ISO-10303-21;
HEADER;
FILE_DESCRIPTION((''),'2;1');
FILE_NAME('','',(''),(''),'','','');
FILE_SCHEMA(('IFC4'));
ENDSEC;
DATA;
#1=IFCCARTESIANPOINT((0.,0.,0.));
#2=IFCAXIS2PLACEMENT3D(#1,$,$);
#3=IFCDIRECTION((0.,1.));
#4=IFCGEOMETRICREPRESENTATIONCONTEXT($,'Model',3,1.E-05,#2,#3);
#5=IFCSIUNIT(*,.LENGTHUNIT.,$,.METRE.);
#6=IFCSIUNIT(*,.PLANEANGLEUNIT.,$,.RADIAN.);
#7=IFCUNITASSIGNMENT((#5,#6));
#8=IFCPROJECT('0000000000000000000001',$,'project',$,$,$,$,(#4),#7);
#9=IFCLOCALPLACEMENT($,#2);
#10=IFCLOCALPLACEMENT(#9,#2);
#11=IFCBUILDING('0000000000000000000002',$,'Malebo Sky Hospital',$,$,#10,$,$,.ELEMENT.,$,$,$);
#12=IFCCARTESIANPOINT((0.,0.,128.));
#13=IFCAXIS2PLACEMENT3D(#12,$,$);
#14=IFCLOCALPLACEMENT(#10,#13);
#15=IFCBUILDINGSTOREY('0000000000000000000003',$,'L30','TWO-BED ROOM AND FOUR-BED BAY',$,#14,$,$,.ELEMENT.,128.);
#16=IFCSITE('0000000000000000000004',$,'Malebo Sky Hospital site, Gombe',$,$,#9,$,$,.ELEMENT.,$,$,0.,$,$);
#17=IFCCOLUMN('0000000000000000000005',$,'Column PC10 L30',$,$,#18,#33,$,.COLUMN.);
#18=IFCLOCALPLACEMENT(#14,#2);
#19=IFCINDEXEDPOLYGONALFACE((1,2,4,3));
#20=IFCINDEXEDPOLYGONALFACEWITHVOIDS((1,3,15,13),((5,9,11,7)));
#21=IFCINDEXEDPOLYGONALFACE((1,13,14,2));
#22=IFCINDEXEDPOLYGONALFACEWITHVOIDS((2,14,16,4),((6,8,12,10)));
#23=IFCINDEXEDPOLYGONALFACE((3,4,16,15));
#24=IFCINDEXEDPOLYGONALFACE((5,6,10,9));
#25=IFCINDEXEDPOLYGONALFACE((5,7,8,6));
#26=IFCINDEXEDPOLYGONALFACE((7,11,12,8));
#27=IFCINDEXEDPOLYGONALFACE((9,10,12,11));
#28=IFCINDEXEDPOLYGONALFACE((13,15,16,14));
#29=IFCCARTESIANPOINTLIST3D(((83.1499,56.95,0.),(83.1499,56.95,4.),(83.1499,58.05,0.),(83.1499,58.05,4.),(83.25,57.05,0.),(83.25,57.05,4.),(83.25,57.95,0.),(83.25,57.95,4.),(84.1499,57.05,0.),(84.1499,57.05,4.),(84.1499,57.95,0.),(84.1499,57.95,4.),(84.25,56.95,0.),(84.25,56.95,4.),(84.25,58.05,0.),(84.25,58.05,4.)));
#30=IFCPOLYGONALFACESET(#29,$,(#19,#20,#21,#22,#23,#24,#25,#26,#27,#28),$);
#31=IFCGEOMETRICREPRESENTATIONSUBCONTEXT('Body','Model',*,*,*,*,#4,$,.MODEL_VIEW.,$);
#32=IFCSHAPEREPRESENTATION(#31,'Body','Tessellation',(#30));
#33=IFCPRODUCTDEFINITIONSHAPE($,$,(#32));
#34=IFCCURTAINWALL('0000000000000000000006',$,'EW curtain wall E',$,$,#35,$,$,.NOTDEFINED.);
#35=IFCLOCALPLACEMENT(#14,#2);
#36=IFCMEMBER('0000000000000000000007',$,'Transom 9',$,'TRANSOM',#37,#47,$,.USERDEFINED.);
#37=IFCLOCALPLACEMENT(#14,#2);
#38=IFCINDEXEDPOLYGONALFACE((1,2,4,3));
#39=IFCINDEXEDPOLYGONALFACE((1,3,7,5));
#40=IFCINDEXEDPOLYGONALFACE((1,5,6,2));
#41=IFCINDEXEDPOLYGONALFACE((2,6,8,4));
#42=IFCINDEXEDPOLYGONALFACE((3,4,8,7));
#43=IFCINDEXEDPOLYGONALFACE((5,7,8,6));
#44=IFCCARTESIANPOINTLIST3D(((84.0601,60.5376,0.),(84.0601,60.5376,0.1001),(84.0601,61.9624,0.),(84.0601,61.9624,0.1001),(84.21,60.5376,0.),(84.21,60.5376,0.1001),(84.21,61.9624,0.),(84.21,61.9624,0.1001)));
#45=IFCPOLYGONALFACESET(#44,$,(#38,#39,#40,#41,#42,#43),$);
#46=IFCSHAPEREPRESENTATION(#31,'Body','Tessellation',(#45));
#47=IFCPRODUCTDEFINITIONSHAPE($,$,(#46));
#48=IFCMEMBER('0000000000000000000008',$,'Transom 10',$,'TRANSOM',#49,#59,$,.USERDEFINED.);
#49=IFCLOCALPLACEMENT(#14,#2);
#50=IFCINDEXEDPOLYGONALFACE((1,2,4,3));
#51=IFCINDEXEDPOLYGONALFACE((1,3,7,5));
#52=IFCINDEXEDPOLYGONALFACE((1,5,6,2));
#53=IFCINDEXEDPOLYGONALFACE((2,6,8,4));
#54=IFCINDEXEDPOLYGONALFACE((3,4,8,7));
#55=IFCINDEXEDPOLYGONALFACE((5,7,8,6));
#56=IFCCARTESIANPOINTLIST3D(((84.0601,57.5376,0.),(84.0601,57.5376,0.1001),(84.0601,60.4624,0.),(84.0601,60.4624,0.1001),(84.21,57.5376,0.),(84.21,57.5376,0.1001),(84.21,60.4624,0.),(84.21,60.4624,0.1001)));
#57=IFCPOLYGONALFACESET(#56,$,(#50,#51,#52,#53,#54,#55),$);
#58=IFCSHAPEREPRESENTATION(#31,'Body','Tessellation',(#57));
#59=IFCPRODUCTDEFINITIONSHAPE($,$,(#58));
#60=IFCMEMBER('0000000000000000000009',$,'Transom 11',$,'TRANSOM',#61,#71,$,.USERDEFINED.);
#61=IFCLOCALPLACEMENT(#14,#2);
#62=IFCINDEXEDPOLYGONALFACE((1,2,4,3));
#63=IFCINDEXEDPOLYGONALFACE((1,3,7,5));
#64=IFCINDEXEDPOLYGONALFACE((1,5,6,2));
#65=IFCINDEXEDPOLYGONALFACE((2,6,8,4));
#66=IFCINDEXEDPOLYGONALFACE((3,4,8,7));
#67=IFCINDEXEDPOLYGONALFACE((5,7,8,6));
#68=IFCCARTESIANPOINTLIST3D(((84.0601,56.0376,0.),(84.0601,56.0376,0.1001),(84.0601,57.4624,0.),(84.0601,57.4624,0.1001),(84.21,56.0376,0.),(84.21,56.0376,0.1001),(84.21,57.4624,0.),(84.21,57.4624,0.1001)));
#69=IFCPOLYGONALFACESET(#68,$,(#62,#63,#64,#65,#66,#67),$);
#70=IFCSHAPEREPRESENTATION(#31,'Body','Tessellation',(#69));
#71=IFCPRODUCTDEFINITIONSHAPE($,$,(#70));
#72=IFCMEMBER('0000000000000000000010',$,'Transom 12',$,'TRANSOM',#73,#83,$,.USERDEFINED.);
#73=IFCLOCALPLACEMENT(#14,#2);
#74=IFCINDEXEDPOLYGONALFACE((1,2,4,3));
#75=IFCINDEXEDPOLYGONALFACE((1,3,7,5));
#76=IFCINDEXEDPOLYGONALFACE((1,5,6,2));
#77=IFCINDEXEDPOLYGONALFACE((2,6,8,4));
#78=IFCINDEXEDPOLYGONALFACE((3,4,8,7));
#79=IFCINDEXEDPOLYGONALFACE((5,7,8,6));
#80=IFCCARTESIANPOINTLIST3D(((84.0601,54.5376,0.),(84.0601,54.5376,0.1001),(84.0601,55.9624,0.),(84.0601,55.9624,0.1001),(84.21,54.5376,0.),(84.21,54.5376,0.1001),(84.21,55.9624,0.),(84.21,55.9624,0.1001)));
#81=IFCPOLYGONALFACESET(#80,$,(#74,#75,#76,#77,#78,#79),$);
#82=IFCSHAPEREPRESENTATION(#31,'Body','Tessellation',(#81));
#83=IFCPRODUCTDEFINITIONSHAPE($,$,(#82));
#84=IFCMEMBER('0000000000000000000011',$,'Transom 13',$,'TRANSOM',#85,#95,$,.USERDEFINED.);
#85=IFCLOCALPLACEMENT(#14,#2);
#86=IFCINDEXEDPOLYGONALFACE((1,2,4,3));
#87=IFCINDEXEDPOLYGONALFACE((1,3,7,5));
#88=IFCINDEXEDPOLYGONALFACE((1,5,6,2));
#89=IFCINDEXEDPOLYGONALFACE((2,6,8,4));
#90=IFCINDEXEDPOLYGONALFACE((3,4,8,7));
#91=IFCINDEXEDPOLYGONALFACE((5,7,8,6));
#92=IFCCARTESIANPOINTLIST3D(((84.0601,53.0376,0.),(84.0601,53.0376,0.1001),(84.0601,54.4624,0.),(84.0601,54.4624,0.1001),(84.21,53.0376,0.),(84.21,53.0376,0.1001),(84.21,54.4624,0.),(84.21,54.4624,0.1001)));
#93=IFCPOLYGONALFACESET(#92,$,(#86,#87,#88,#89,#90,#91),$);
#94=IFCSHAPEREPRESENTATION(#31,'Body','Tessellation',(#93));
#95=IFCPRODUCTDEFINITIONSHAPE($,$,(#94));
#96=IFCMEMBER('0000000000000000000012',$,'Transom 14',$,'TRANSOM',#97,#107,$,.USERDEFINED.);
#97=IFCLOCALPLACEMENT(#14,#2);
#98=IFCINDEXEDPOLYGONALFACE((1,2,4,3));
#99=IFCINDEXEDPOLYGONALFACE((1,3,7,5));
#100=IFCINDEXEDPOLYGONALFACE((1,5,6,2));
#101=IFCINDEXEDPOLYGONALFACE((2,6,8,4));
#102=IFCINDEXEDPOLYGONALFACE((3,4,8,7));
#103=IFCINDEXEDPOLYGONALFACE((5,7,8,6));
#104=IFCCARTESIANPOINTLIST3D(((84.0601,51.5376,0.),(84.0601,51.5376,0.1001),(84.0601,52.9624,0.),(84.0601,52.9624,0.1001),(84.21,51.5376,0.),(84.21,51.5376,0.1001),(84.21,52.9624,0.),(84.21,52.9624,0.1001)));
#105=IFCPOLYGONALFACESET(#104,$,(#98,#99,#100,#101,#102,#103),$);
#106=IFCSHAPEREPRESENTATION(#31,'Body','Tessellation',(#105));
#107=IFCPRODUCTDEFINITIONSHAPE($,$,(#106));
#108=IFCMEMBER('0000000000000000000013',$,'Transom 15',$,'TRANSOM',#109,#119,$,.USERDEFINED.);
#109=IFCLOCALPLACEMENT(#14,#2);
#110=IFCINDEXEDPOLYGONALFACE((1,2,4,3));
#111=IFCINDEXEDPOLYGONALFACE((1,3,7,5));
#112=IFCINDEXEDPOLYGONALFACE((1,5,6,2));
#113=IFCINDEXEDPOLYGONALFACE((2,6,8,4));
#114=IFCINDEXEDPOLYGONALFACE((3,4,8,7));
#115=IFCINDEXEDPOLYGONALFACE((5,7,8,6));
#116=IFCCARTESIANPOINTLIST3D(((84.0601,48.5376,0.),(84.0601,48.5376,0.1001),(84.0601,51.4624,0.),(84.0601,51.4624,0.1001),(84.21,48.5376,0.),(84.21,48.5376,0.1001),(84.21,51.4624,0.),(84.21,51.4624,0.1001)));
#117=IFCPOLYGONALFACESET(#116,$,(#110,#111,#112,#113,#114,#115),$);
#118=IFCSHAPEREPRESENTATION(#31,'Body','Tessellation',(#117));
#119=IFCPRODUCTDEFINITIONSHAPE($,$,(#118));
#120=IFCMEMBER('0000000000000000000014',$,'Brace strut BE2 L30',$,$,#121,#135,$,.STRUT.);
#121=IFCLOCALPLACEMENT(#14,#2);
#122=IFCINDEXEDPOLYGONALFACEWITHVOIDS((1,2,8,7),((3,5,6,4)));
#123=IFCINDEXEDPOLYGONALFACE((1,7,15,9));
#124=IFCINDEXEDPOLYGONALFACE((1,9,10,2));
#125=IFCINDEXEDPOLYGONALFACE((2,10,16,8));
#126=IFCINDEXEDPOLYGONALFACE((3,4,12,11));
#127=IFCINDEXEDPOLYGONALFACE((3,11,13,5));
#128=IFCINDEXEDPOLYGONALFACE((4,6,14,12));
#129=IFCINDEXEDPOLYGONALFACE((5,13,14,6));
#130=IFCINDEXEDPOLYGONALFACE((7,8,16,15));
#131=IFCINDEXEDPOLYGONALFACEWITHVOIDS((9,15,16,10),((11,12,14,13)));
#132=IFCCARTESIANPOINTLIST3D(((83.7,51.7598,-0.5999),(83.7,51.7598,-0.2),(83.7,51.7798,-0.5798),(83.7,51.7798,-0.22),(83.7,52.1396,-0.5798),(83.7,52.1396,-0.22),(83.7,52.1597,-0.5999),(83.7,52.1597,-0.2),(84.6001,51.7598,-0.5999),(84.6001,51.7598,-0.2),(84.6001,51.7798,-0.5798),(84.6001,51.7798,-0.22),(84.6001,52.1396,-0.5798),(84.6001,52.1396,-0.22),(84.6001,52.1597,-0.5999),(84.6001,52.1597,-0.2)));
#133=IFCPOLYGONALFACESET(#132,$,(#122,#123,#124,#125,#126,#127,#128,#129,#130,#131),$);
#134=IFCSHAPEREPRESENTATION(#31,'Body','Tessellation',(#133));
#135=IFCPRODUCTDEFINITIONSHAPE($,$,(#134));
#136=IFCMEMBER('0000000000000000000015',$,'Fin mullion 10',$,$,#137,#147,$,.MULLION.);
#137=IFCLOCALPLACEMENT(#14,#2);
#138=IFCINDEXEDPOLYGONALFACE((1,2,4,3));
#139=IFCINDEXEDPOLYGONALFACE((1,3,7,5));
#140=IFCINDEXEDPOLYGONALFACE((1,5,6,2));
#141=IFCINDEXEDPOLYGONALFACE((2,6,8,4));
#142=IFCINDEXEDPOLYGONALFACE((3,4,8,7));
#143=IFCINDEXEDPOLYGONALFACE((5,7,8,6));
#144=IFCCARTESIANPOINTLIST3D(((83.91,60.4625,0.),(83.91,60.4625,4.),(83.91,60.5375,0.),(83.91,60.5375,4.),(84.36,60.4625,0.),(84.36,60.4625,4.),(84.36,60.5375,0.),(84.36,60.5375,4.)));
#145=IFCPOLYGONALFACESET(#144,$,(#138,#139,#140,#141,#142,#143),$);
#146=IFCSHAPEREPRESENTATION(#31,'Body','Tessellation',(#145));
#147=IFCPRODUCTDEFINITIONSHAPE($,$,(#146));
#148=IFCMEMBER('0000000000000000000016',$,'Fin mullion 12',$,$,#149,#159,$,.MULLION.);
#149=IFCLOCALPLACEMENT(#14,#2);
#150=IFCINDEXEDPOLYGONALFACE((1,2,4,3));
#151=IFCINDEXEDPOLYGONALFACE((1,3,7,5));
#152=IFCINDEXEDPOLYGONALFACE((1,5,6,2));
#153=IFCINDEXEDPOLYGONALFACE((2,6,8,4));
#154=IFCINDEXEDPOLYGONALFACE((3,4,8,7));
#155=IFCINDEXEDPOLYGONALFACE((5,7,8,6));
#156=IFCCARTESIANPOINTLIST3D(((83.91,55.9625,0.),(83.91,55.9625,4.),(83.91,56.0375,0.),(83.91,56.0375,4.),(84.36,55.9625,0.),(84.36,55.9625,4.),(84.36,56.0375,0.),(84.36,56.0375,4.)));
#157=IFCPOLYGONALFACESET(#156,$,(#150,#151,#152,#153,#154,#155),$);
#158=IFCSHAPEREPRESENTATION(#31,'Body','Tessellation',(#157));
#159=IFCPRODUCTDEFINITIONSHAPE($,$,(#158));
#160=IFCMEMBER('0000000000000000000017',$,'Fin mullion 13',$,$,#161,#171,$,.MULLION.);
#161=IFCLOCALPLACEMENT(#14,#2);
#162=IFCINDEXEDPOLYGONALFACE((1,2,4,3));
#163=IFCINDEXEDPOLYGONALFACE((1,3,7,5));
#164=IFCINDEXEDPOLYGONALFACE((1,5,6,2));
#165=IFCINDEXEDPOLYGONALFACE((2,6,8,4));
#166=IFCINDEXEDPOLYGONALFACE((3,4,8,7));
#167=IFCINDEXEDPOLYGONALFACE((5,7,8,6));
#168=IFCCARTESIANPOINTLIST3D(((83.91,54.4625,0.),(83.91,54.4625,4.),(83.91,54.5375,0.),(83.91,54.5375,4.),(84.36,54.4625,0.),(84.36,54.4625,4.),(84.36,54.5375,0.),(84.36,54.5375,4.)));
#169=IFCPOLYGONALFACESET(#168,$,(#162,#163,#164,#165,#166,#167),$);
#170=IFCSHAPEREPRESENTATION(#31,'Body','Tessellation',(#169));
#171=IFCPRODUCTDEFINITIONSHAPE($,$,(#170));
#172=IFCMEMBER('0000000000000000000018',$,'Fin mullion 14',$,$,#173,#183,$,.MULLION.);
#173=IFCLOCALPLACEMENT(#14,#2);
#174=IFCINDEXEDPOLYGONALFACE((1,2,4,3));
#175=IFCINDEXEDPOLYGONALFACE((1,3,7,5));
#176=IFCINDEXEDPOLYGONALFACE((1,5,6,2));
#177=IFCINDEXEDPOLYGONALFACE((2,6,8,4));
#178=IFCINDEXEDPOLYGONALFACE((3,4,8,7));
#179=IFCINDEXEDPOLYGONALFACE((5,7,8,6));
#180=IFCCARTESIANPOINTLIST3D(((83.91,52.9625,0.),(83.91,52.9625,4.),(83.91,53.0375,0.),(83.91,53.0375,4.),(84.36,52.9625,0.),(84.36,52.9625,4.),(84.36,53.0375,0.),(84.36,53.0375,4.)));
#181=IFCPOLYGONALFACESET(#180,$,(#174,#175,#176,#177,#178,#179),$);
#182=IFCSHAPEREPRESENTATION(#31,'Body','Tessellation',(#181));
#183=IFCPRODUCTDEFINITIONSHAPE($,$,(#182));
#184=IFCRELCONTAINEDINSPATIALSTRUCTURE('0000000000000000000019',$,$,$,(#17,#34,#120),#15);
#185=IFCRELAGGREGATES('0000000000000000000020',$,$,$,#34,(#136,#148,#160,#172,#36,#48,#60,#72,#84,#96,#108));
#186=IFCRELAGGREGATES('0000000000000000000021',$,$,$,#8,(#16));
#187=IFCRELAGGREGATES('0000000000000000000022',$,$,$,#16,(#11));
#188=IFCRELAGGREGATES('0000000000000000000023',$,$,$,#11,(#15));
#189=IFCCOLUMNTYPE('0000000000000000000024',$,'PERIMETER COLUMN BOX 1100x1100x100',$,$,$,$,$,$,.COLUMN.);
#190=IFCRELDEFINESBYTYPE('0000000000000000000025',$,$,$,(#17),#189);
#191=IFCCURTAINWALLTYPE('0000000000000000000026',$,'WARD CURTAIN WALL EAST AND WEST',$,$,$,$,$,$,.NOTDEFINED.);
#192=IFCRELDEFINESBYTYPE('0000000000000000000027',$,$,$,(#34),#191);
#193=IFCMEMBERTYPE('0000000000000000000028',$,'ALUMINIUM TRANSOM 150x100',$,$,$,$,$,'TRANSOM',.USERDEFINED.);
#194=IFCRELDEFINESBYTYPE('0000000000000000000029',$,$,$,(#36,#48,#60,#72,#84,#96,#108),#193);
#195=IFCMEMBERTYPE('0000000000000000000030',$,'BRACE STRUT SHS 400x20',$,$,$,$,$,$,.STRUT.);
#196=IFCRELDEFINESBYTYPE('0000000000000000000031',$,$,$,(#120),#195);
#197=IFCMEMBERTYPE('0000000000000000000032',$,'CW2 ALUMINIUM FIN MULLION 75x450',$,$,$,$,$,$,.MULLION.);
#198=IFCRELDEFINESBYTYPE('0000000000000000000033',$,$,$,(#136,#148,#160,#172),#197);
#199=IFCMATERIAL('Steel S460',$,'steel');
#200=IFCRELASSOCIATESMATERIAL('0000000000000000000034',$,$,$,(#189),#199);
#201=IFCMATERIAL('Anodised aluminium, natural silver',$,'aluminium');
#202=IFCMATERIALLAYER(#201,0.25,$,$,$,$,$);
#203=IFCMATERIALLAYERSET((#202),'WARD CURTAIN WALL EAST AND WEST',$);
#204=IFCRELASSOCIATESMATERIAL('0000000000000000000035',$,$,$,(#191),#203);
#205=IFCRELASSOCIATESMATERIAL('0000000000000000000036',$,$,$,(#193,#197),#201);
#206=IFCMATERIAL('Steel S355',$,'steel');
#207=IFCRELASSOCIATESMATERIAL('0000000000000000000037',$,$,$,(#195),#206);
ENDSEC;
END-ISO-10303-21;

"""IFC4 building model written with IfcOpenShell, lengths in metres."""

from ifc_helpers import new_model, si_unit, direction, frame, origin, origin_2d, place, context, subcontext, project, spatial, rectangle, hollow_rectangle, extrude, material, layer, layer_set, material_profile, profile_set, type_object, element, aggregate, save


model = new_model("IFC4")

# Units and contexts
model_context = context("Model", 3, precision=1e-05, world=origin(), true_north=direction((0.0, 1.0)))
body_context = subcontext(model_context, "Body", "Model", "MODEL_VIEW")
ifc_project = project(units=[si_unit("LENGTHUNIT", "METRE"), si_unit("PLANEANGLEUNIT", "RADIAN")], contexts=[model_context])

# Site, building, storey
site_placement = place(None, origin())
site = spatial("IfcSite", under=ifc_project, at=site_placement, Name="Malebo Sky Hospital site, Gombe", CompositionType="ELEMENT", RefElevation=0.0)
building_placement = place(site_placement, origin())
building = spatial("IfcBuilding", under=site, at=building_placement, Name="Malebo Sky Hospital", CompositionType="ELEMENT")
storey_placement = place(building_placement, frame((0.0, 0.0, 128.0)))
storey = spatial("IfcBuildingStorey", under=building, at=storey_placement, Name="L30", Description="TWO-BED ROOM AND FOUR-BED BAY", CompositionType="ELEMENT", Elevation=128.0)

# Column
ifc_material_1 = material(Name="Steel S460", Category="steel")
ifc_material_profile_1 = material_profile(ifc_material_1, hollow_rectangle(XDim=1.1001, YDim=1.1001, WallThickness=0.1001, at=origin_2d()), Name="BOX 1100x1100x100")
ifc_profile_set_1 = profile_set([ifc_material_profile_1], Name="Steel S460")
column_type = type_object("IfcColumnType", Name="PERIMETER COLUMN BOX 1100x1100x100", PredefinedType="COLUMN", material=ifc_profile_set_1)
column_placement = place(storey_placement, frame((83.7, 57.5, 0.0), z_axis=(0.0, 0.0, 1.0), x_axis=(1.0, 0.0, 0.0)))
element("IfcColumn", 1, at=column_placement, inside=storey, type_object=column_type, Name="Column PC10 L30", PredefinedType="COLUMN", context=body_context, shape_type="SweptSolid", body=[
    extrude(hollow_rectangle(XDim=1.1001, YDim=1.1001, WallThickness=0.1001, at=origin_2d()), origin(), (0.0, 0.0, 1.0), 4.0),
])

# Curtain wall, members
ifc_material_2 = material(Name="Anodised aluminium, natural silver", Category="aluminium")
ifc_layer_1 = layer(ifc_material_2, 0.25)
ifc_layer_set_1 = layer_set([ifc_layer_1], Name="WARD CURTAIN WALL EAST AND WEST")
curtain_wall_type = type_object("IfcCurtainWallType", Name="WARD CURTAIN WALL EAST AND WEST", PredefinedType="NOTDEFINED", material=ifc_layer_set_1)
curtain_wall_placement = place(storey_placement, origin())
curtain_wall = element("IfcCurtainWall", 2, at=curtain_wall_placement, inside=storey, type_object=curtain_wall_type, Name="EW curtain wall E", PredefinedType="NOTDEFINED")
ifc_material_profile_2 = material_profile(ifc_material_2, rectangle(XDim=0.1499, YDim=0.1001, at=origin_2d()), Name="ALUMINIUM TRANSOM 150x100")
ifc_profile_set_2 = profile_set([ifc_material_profile_2], Name="Anodised aluminium, natural silver")
member_type_1 = type_object("IfcMemberType", Name="ALUMINIUM TRANSOM 150x100", ElementType="TRANSOM", PredefinedType="USERDEFINED", material=ifc_profile_set_2)
member_1_placement = place(storey_placement, frame((84.135, 61.9624, 0.05), z_axis=(0.0, -1.0, 0.0), x_axis=(1.0, 0.0, 0.0)))
member_1 = element("IfcMember", 3, at=member_1_placement, type_object=member_type_1, Name="Transom 9", ObjectType="TRANSOM", PredefinedType="USERDEFINED", context=body_context, shape_type="SweptSolid", body=[
    extrude(rectangle(XDim=0.1499, YDim=0.1001, at=origin_2d()), origin(), (0.0, 0.0, 1.0), 1.4248),
])
member_2_placement = place(storey_placement, frame((84.135, 60.4624, 0.05), z_axis=(0.0, -1.0, 0.0), x_axis=(1.0, 0.0, 0.0)))
member_2 = element("IfcMember", 4, at=member_2_placement, type_object=member_type_1, Name="Transom 10", ObjectType="TRANSOM", PredefinedType="USERDEFINED", context=body_context, shape_type="SweptSolid", body=[
    extrude(rectangle(XDim=0.1499, YDim=0.1001, at=origin_2d()), origin(), (0.0, 0.0, 1.0), 2.9248),
])
member_3_placement = place(storey_placement, frame((84.135, 57.4624, 0.05), z_axis=(0.0, -1.0, 0.0), x_axis=(1.0, 0.0, 0.0)))
member_3 = element("IfcMember", 5, at=member_3_placement, type_object=member_type_1, Name="Transom 11", ObjectType="TRANSOM", PredefinedType="USERDEFINED", context=body_context, shape_type="SweptSolid", body=[
    extrude(rectangle(XDim=0.1499, YDim=0.1001, at=origin_2d()), origin(), (0.0, 0.0, 1.0), 1.4248),
])
member_4_placement = place(storey_placement, frame((84.135, 55.9624, 0.05), z_axis=(0.0, -1.0, 0.0), x_axis=(1.0, 0.0, 0.0)))
member_4 = element("IfcMember", 6, at=member_4_placement, type_object=member_type_1, Name="Transom 12", ObjectType="TRANSOM", PredefinedType="USERDEFINED", context=body_context, shape_type="SweptSolid", body=[
    extrude(rectangle(XDim=0.1499, YDim=0.1001, at=origin_2d()), origin(), (0.0, 0.0, 1.0), 1.4248),
])
member_5_placement = place(storey_placement, frame((84.135, 54.4624, 0.05), z_axis=(0.0, -1.0, 0.0), x_axis=(1.0, 0.0, 0.0)))
member_5 = element("IfcMember", 7, at=member_5_placement, type_object=member_type_1, Name="Transom 13", ObjectType="TRANSOM", PredefinedType="USERDEFINED", context=body_context, shape_type="SweptSolid", body=[
    extrude(rectangle(XDim=0.1499, YDim=0.1001, at=origin_2d()), origin(), (0.0, 0.0, 1.0), 1.4248),
])
member_6_placement = place(storey_placement, frame((84.135, 52.9624, 0.05), z_axis=(0.0, -1.0, 0.0), x_axis=(1.0, 0.0, 0.0)))
member_6 = element("IfcMember", 8, at=member_6_placement, type_object=member_type_1, Name="Transom 14", ObjectType="TRANSOM", PredefinedType="USERDEFINED", context=body_context, shape_type="SweptSolid", body=[
    extrude(rectangle(XDim=0.1499, YDim=0.1001, at=origin_2d()), origin(), (0.0, 0.0, 1.0), 1.4248),
])
member_7_placement = place(storey_placement, frame((84.135, 51.4624, 0.05), z_axis=(0.0, -1.0, 0.0), x_axis=(1.0, 0.0, 0.0)))
member_7 = element("IfcMember", 9, at=member_7_placement, type_object=member_type_1, Name="Transom 15", ObjectType="TRANSOM", PredefinedType="USERDEFINED", context=body_context, shape_type="SweptSolid", body=[
    extrude(rectangle(XDim=0.1499, YDim=0.1001, at=origin_2d()), origin(), (0.0, 0.0, 1.0), 2.9248),
])

# Members
ifc_material_3 = material(Name="Steel S355", Category="steel")
ifc_material_profile_3 = material_profile(ifc_material_3, hollow_rectangle(XDim=0.3999, YDim=0.3999, WallThickness=0.02, at=origin_2d()), Name="SHS 400x20")
ifc_profile_set_3 = profile_set([ifc_material_profile_3], Name="Steel S355")
member_type_2 = type_object("IfcMemberType", Name="BRACE STRUT SHS 400x20", PredefinedType="STRUT", material=ifc_profile_set_3)
member_8_placement = place(storey_placement, frame((84.6001, 51.9597, -0.3999), z_axis=(-1.0, 0.0, 0.0), x_axis=(0.0, -1.0, 0.0)))
element("IfcMember", 10, at=member_8_placement, inside=storey, type_object=member_type_2, Name="Brace strut BE2 L30", PredefinedType="STRUT", context=body_context, shape_type="SweptSolid", body=[
    extrude(hollow_rectangle(XDim=0.3999, YDim=0.3999, WallThickness=0.02, at=origin_2d()), origin(), (0.0, 0.0, 1.0), 0.9001),
])
ifc_material_profile_4 = material_profile(ifc_material_2, rectangle(XDim=0.075, YDim=0.45, at=origin_2d()), Name="CW2 ALUMINIUM FIN MULLION 75x450")
ifc_profile_set_4 = profile_set([ifc_material_profile_4], Name="Anodised aluminium, natural silver")
member_type_3 = type_object("IfcMemberType", Name="CW2 ALUMINIUM FIN MULLION 75x450", PredefinedType="MULLION", material=ifc_profile_set_4)
member_9_placement = place(storey_placement, frame((84.135, 60.5, 0.0), z_axis=(0.0, 0.0, 1.0), x_axis=(0.0, -1.0, 0.0)))
member_9 = element("IfcMember", 11, at=member_9_placement, type_object=member_type_3, Name="Fin mullion 10", PredefinedType="MULLION", context=body_context, shape_type="SweptSolid", body=[
    extrude(rectangle(XDim=0.075, YDim=0.45, at=origin_2d()), origin(), (0.0, 0.0, 1.0), 4.0),
])
member_10_placement = place(storey_placement, frame((84.135, 56.0, 0.0), z_axis=(0.0, 0.0, 1.0), x_axis=(0.0, -1.0, 0.0)))
member_10 = element("IfcMember", 12, at=member_10_placement, type_object=member_type_3, Name="Fin mullion 12", PredefinedType="MULLION", context=body_context, shape_type="SweptSolid", body=[
    extrude(rectangle(XDim=0.075, YDim=0.45, at=origin_2d()), origin(), (0.0, 0.0, 1.0), 4.0),
])
member_11_placement = place(storey_placement, frame((84.135, 54.5, 0.0), z_axis=(0.0, 0.0, 1.0), x_axis=(0.0, -1.0, 0.0)))
member_11 = element("IfcMember", 13, at=member_11_placement, type_object=member_type_3, Name="Fin mullion 13", PredefinedType="MULLION", context=body_context, shape_type="SweptSolid", body=[
    extrude(rectangle(XDim=0.075, YDim=0.45, at=origin_2d()), origin(), (0.0, 0.0, 1.0), 4.0),
])
member_12_placement = place(storey_placement, frame((84.135, 53.0, 0.0), z_axis=(0.0, 0.0, 1.0), x_axis=(0.0, -1.0, 0.0)))
member_12 = element("IfcMember", 14, at=member_12_placement, type_object=member_type_3, Name="Fin mullion 14", PredefinedType="MULLION", context=body_context, shape_type="SweptSolid", body=[
    extrude(rectangle(XDim=0.075, YDim=0.45, at=origin_2d()), origin(), (0.0, 0.0, 1.0), 4.0),
])

aggregate(curtain_wall, [member_9, member_10, member_11, member_12, member_1, member_2, member_3, member_4, member_5, member_6, member_7])

save(model, "model.ifc")
